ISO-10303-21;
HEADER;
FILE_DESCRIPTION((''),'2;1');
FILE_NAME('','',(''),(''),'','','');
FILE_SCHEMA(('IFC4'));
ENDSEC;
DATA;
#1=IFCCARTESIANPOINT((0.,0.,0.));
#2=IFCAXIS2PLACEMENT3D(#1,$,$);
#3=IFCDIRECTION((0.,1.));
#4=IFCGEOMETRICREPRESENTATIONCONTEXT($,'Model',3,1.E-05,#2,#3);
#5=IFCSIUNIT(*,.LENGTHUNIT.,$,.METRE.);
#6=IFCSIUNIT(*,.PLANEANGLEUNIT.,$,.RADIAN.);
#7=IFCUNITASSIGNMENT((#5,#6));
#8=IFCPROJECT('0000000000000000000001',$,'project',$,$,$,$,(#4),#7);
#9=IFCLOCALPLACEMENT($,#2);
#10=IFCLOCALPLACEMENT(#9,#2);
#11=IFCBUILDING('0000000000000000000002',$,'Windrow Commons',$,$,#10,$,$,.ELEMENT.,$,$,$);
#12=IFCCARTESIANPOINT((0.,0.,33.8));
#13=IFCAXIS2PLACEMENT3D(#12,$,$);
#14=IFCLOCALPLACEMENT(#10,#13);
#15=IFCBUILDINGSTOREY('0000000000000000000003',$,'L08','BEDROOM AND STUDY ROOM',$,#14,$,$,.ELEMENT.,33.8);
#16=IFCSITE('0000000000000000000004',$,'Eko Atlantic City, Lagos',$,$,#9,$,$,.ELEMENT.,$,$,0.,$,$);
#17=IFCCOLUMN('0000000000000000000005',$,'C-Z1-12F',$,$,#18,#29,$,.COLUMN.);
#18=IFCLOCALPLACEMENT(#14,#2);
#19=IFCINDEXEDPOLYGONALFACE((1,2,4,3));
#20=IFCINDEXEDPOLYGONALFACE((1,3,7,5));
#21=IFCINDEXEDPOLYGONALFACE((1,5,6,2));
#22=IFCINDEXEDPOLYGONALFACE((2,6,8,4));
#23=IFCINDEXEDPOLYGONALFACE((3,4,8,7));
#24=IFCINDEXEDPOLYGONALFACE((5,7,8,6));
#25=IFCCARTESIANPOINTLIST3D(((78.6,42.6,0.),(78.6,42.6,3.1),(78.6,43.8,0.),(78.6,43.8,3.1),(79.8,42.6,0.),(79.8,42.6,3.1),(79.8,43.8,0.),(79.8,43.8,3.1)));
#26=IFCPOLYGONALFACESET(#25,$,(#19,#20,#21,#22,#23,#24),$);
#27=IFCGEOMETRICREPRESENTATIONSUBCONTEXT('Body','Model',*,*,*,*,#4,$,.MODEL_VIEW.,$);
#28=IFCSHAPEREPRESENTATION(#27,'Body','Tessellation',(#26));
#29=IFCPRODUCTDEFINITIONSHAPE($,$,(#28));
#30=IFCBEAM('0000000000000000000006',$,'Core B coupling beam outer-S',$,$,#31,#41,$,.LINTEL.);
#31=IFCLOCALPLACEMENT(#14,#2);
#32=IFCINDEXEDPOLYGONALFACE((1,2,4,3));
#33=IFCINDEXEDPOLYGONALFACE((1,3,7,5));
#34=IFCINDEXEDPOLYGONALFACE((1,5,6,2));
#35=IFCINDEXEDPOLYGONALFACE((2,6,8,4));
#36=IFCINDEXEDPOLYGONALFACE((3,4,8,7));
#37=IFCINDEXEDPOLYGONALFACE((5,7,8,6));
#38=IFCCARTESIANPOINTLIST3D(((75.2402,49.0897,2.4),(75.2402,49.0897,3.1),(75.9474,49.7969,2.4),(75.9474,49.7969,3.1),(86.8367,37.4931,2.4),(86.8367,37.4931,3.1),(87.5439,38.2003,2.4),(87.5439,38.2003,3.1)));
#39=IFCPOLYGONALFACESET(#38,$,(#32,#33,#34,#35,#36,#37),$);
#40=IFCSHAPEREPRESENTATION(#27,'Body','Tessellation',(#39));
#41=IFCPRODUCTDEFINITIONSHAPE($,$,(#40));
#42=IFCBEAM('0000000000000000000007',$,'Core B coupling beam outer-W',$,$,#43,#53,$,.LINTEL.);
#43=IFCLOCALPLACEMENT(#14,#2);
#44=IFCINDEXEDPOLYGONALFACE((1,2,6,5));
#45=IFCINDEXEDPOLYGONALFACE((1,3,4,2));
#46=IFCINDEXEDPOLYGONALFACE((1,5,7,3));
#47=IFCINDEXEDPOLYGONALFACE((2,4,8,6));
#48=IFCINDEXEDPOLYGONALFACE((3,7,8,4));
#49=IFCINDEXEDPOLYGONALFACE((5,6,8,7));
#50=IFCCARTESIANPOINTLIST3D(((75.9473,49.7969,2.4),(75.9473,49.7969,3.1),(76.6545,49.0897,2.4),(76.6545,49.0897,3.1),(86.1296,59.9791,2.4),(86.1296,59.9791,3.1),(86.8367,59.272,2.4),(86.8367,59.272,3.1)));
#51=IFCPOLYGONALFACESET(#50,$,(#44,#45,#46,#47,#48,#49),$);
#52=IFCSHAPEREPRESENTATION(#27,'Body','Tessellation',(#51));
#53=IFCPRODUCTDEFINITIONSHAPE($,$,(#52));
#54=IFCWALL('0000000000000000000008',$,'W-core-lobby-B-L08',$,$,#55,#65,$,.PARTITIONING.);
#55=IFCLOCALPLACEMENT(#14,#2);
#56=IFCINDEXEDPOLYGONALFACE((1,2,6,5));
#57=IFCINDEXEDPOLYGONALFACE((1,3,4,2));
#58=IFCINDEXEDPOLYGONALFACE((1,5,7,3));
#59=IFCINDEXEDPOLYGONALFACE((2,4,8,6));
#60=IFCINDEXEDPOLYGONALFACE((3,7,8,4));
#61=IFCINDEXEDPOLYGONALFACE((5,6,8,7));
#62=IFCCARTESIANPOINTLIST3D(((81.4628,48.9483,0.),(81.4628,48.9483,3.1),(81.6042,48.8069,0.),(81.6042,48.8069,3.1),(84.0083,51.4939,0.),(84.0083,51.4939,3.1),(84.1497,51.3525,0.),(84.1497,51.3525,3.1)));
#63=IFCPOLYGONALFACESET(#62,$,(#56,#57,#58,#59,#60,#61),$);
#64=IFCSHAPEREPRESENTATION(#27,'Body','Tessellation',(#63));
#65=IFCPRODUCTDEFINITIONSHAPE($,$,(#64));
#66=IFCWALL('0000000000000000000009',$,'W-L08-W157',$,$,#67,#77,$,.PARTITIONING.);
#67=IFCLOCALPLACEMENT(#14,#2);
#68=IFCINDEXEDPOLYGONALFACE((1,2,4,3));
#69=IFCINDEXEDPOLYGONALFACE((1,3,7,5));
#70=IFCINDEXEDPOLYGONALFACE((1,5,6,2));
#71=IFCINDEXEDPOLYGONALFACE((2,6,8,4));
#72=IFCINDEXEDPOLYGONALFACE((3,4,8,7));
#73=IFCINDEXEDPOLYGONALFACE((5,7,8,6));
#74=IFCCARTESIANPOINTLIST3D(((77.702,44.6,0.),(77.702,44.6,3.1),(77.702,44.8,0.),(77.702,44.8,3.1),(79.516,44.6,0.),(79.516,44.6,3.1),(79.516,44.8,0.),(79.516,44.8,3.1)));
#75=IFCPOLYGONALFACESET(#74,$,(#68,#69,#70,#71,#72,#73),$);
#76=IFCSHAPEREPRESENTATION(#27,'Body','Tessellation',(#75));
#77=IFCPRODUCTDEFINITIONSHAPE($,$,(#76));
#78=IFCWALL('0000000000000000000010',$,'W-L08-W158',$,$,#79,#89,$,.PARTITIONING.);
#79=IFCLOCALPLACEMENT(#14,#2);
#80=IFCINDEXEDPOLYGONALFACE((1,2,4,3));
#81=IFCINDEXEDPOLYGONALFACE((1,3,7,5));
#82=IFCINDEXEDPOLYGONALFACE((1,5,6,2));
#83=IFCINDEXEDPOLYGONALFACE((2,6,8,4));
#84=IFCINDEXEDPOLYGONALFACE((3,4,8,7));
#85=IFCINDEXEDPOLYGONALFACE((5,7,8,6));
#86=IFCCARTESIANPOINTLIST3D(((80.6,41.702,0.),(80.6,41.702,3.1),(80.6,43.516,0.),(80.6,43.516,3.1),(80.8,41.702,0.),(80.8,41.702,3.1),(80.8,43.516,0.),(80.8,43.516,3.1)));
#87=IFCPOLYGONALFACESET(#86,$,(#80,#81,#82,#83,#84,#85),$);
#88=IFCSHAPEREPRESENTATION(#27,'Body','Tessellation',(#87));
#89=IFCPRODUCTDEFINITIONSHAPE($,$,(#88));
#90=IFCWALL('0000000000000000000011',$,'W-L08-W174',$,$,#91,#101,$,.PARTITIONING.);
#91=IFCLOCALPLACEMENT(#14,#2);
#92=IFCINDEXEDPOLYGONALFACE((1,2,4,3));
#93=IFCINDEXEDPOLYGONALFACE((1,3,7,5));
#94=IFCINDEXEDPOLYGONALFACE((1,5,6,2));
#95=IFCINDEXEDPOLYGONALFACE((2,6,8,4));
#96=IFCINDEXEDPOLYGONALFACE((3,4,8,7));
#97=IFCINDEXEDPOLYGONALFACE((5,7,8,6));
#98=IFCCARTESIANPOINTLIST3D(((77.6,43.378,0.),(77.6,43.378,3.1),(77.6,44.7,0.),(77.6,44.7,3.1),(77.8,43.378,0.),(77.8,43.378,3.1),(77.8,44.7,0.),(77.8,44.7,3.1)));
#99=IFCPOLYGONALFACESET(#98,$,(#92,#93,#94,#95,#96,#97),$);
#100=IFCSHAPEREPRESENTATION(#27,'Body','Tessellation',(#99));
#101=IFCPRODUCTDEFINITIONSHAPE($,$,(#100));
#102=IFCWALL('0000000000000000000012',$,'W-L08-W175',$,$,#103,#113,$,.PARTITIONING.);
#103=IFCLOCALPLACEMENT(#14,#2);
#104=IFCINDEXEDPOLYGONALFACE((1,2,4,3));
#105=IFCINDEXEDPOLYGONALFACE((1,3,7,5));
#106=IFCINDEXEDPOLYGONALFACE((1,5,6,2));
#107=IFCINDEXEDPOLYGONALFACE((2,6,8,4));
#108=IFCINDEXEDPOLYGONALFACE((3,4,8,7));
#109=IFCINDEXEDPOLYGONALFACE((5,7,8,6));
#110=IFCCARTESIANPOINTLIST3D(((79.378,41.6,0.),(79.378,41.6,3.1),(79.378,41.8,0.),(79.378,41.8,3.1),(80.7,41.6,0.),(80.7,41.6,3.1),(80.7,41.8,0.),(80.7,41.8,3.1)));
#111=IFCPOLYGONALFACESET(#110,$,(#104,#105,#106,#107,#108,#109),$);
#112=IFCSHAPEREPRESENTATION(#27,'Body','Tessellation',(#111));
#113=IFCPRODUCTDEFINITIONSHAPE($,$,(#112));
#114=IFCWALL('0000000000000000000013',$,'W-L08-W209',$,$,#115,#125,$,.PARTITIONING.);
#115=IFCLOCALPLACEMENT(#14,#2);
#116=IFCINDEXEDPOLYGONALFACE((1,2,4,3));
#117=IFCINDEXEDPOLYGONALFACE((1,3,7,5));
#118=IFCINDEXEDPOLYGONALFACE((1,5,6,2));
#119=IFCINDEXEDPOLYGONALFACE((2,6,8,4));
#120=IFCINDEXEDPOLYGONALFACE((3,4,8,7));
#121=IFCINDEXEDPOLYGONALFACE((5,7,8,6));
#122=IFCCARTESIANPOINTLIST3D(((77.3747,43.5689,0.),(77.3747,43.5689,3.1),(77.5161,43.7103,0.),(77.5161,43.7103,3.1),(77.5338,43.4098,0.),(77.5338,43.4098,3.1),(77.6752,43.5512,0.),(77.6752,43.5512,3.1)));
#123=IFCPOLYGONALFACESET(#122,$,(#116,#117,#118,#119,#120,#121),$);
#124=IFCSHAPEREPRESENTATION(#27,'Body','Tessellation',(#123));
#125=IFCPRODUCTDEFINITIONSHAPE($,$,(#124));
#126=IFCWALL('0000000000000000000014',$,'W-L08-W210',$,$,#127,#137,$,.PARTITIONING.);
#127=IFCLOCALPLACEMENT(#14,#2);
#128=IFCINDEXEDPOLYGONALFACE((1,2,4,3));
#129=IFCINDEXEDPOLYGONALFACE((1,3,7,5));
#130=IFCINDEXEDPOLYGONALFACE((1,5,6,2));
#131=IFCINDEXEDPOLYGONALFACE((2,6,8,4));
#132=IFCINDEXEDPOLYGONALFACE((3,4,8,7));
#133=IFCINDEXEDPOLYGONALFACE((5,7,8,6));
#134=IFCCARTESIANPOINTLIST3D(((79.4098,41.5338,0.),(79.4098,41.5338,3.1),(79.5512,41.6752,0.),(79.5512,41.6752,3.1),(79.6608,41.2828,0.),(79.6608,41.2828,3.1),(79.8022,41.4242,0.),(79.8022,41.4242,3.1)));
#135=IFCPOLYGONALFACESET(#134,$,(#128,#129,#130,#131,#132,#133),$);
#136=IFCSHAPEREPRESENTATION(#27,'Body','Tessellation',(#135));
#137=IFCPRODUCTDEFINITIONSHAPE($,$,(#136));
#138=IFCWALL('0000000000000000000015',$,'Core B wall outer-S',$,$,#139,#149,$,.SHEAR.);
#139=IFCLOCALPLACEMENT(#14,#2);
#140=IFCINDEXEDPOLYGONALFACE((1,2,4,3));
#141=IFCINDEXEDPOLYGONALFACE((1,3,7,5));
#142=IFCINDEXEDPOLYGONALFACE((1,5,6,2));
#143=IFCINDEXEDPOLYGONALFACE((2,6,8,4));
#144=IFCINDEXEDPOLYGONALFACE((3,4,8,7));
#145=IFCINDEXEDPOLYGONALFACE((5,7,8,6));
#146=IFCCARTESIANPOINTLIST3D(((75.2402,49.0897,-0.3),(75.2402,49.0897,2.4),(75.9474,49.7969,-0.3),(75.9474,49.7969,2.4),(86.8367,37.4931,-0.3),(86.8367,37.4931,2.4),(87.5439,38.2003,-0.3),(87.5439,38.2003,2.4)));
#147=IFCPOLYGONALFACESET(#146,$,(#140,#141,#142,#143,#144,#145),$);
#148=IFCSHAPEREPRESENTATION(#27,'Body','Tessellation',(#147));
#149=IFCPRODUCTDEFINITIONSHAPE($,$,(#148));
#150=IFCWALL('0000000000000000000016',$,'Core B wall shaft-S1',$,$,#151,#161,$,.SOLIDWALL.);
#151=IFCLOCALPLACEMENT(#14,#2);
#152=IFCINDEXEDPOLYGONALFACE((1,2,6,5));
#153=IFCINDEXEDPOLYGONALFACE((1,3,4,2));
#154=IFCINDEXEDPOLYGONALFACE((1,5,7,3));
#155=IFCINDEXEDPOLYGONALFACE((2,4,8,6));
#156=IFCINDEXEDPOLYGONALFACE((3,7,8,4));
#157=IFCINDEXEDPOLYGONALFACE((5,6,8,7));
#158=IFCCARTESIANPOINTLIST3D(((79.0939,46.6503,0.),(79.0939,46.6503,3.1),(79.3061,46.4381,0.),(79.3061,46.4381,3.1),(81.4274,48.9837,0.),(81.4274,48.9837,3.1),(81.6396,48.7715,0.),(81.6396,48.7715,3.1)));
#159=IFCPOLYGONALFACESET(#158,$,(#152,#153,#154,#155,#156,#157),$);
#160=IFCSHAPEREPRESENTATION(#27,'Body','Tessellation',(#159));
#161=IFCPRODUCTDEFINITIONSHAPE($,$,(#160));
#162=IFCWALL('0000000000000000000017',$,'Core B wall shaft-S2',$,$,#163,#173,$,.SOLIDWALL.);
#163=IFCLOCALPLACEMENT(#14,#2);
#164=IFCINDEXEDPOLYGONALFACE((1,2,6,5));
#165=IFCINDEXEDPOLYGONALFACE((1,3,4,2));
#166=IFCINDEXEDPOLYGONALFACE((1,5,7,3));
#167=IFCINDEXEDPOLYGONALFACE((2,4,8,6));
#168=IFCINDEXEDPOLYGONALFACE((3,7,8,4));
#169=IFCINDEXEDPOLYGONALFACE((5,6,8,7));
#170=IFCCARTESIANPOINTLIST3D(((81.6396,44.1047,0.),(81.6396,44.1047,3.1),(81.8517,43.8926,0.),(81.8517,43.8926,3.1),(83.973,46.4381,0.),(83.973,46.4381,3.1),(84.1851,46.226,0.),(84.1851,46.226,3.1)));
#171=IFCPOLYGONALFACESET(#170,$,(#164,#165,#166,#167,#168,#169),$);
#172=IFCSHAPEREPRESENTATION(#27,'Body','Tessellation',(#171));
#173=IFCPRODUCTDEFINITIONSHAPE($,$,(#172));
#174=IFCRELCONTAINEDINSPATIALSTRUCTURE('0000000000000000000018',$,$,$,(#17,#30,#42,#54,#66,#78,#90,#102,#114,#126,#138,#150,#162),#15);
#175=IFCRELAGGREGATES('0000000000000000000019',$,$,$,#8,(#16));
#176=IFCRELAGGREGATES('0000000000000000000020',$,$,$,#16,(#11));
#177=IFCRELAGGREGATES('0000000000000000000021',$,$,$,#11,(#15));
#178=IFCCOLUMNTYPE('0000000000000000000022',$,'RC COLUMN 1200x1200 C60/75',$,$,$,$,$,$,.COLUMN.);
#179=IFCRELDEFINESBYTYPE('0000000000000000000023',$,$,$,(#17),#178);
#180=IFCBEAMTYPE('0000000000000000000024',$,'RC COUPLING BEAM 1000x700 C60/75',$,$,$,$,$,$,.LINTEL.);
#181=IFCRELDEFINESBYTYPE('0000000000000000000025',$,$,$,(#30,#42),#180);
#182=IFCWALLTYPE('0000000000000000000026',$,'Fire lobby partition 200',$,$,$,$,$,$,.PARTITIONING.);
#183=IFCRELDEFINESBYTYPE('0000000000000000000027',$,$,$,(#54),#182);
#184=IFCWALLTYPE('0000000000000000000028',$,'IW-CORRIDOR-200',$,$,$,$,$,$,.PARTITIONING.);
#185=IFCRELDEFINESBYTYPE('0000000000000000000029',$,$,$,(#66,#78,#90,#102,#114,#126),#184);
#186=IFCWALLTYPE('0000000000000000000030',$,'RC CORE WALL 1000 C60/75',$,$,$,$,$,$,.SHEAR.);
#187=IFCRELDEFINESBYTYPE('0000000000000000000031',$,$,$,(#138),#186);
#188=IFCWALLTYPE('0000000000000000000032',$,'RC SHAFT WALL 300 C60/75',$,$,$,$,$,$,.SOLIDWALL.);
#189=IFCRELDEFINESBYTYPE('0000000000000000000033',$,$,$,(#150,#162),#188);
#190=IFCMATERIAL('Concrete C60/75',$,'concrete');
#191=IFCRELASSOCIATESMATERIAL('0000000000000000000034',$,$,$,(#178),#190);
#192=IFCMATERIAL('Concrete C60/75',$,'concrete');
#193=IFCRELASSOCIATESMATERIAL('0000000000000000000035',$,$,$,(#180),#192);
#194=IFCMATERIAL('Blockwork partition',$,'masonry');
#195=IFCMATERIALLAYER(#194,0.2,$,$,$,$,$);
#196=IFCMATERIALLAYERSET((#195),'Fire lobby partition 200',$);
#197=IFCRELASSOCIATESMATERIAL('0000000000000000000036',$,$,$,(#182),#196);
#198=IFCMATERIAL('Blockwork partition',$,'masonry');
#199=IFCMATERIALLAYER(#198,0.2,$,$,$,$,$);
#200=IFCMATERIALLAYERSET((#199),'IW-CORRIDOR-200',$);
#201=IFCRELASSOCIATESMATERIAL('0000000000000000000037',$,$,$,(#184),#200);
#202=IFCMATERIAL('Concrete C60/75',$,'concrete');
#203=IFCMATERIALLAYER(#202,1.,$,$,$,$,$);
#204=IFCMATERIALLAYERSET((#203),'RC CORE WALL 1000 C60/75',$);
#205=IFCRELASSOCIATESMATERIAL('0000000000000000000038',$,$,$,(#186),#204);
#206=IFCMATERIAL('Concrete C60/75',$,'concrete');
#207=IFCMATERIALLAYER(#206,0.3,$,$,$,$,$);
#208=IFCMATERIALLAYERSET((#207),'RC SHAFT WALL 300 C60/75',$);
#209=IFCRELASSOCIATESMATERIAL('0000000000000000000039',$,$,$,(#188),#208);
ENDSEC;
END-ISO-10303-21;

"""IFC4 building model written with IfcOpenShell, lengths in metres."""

from ifc_helpers import new_model, si_unit, direction, frame, frame_2d, origin, origin_2d, place, context, subcontext, project, spatial, rectangle, extrude, material, layer, layer_set, material_profile, profile_set, type_object, element, save


model = new_model("IFC4")

# Units and contexts
model_context = context("Model", 3, precision=1e-05, world=origin(), true_north=direction((0.0, 1.0)))
body_context = subcontext(model_context, "Body", "Model", "MODEL_VIEW")
ifc_project = project(units=[si_unit("LENGTHUNIT", "METRE"), si_unit("PLANEANGLEUNIT", "RADIAN")], contexts=[model_context])

# Site, building, storey
site_placement = place(None, origin())
site = spatial("IfcSite", under=ifc_project, at=site_placement, Name="Eko Atlantic City, Lagos", CompositionType="ELEMENT", RefElevation=0.0)
building_placement = place(site_placement, origin())
building = spatial("IfcBuilding", under=site, at=building_placement, Name="Windrow Commons", CompositionType="ELEMENT")
storey_placement = place(building_placement, frame((0.0, 0.0, 33.8)))
storey = spatial("IfcBuildingStorey", under=building, at=storey_placement, Name="L08", Description="BEDROOM AND STUDY ROOM", CompositionType="ELEMENT", Elevation=33.8)

# Column
ifc_material_1 = material(Name="Concrete C60/75", Category="concrete")
ifc_material_profile_1 = material_profile(ifc_material_1, rectangle(XDim=1.2, YDim=1.2, at=origin_2d()))
ifc_profile_set_1 = profile_set([ifc_material_profile_1], Name="Concrete C60/75")
column_type = type_object("IfcColumnType", Name="RC COLUMN 1200x1200 C60/75", PredefinedType="COLUMN", material=ifc_profile_set_1)
column_placement = place(storey_placement, frame((79.2, 43.2, 0.0), z_axis=(0.0, 0.0, 1.0), x_axis=(1.0, 0.0, 0.0)))
element("IfcColumn", 1, at=column_placement, inside=storey, type_object=column_type, Name="C-Z1-12F", PredefinedType="COLUMN", context=body_context, shape_type="SweptSolid", body=[
    extrude(rectangle(XDim=1.2, YDim=1.2, at=origin_2d()), origin(), (0.0, 0.0, 1.0), 3.1),
])

# Beams
ifc_material_2 = material(Name="Concrete C60/75", Category="concrete")
ifc_material_profile_2 = material_profile(ifc_material_2, rectangle(XDim=1.0, YDim=0.7, at=origin_2d()))
ifc_profile_set_2 = profile_set([ifc_material_profile_2], Name="Concrete C60/75")
beam_type = type_object("IfcBeamType", Name="RC COUPLING BEAM 1000x700 C60/75", PredefinedType="LINTEL", material=ifc_profile_set_2)
beam_1_placement = place(storey_placement, frame((75.5938, 49.4433, 2.75), z_axis=(0.707104, -0.70711, 0.0), x_axis=(0.70711, 0.707104, 0.0)))
element("IfcBeam", 2, at=beam_1_placement, inside=storey, type_object=beam_type, Name="Core B coupling beam outer-S", PredefinedType="LINTEL", context=body_context, shape_type="SweptSolid", body=[
    extrude(rectangle(XDim=1.0, YDim=0.7, at=origin_2d()), origin(), (0.0, 0.0, 1.0), 16.4),
])
beam_2_placement = place(storey_placement, frame((76.3009, 49.4433, 2.75), z_axis=(0.707107, 0.707107, 0.0), x_axis=(-0.707107, 0.707107, 0.0)))
element("IfcBeam", 3, at=beam_2_placement, inside=storey, type_object=beam_type, Name="Core B coupling beam outer-W", PredefinedType="LINTEL", context=body_context, shape_type="SweptSolid", body=[
    extrude(rectangle(XDim=1.0, YDim=0.7, at=origin_2d()), origin(), (0.0, 0.0, 1.0), 14.3999),
])

# Walls
ifc_material_3 = material(Name="Blockwork partition", Category="masonry")
ifc_layer_1 = layer(ifc_material_3, 0.2)
ifc_layer_set_1 = layer_set([ifc_layer_1], Name="Fire lobby partition 200")
wall_type_1 = type_object("IfcWallType", Name="Fire lobby partition 200", PredefinedType="PARTITIONING", material=ifc_layer_set_1)
wall_1_placement = place(storey_placement, frame((81.5335, 48.8776, 0.0), z_axis=(0.0, 0.0, 1.0), x_axis=(0.707093, 0.707121, 0.0)))
element("IfcWall", 4, at=wall_1_placement, inside=storey, type_object=wall_type_1, Name="W-core-lobby-B-L08", PredefinedType="PARTITIONING", context=body_context, shape_type="SweptSolid", body=[
    extrude(rectangle(XDim=3.6, YDim=0.2, at=frame_2d((1.8, 0.0))), origin(), (0.0, 0.0, 1.0), 3.1),
])
ifc_material_4 = material(Name="Blockwork partition", Category="masonry")
ifc_layer_2 = layer(ifc_material_4, 0.2)
ifc_layer_set_2 = layer_set([ifc_layer_2], Name="IW-CORRIDOR-200")
wall_type_2 = type_object("IfcWallType", Name="IW-CORRIDOR-200", PredefinedType="PARTITIONING", material=ifc_layer_set_2)
for number, where, z_axis, x_axis, name in (
    (5, (77.702, 44.7, 0.0), (0.0, 0.0, 1.0), (1.0, 0.0, 0.0), "W-L08-W157"),
    (6, (80.7, 41.702, 0.0), (0.0, 0.0, 1.0), (0.0, 1.0, 0.0), "W-L08-W158"),
):
    element("IfcWall", number, at=place(storey_placement, frame(where, z_axis=z_axis, x_axis=x_axis)), inside=storey, type_object=wall_type_2, Name=name, PredefinedType="PARTITIONING", context=body_context, shape_type="SweptSolid", body=[
        extrude(rectangle(XDim=1.814, YDim=0.2, at=frame_2d((0.907, 0.0))), origin(), (0.0, 0.0, 1.0), 3.1),
    ])
for number, where, z_axis, x_axis, name in (
    (7, (77.7, 43.378, 0.0), (0.0, 0.0, 1.0), (0.0, 1.0, 0.0), "W-L08-W174"),
    (8, (79.378, 41.7, 0.0), (0.0, 0.0, 1.0), (1.0, 0.0, 0.0), "W-L08-W175"),
):
    element("IfcWall", number, at=place(storey_placement, frame(where, z_axis=z_axis, x_axis=x_axis)), inside=storey, type_object=wall_type_2, Name=name, PredefinedType="PARTITIONING", context=body_context, shape_type="SweptSolid", body=[
        extrude(rectangle(XDim=1.322, YDim=0.2, at=frame_2d((0.661, 0.0))), origin(), (0.0, 0.0, 1.0), 3.1),
    ])
wall_2_placement = place(storey_placement, frame((77.4454, 43.6396, 0.0), z_axis=(0.0, 0.0, 1.0), x_axis=(0.707107, -0.707107, 0.0)))
element("IfcWall", 9, at=wall_2_placement, inside=storey, type_object=wall_type_2, Name="W-L08-W209", PredefinedType="PARTITIONING", context=body_context, shape_type="SweptSolid", body=[
    extrude(rectangle(XDim=0.225, YDim=0.2, at=frame_2d((0.1125, 0.0))), origin(), (0.0, 0.0, 1.0), 3.1),
])
wall_3_placement = place(storey_placement, frame((79.4805, 41.6045, 0.0), z_axis=(0.0, 0.0, 1.0), x_axis=(0.707107, -0.707107, 0.0)))
element("IfcWall", 10, at=wall_3_placement, inside=storey, type_object=wall_type_2, Name="W-L08-W210", PredefinedType="PARTITIONING", context=body_context, shape_type="SweptSolid", body=[
    extrude(rectangle(XDim=0.355, YDim=0.2, at=frame_2d((0.1775, 0.0))), origin(), (0.0, 0.0, 1.0), 3.1),
])
ifc_material_5 = material(Name="Concrete C60/75", Category="concrete")
ifc_layer_3 = layer(ifc_material_5, 1.0)
ifc_layer_set_3 = layer_set([ifc_layer_3], Name="RC CORE WALL 1000 C60/75")
wall_type_3 = type_object("IfcWallType", Name="RC CORE WALL 1000 C60/75", PredefinedType="SHEAR", material=ifc_layer_set_3)
wall_4_placement = place(storey_placement, frame((75.5938, 49.4433, -0.3), z_axis=(0.0, 0.0, 1.0), x_axis=(0.707104, -0.70711, 0.0)))
element("IfcWall", 11, at=wall_4_placement, inside=storey, type_object=wall_type_3, Name="Core B wall outer-S", PredefinedType="SHEAR", context=body_context, shape_type="SweptSolid", body=[
    extrude(rectangle(XDim=16.4, YDim=1.0, at=frame_2d((8.2, 0.0))), origin(), (0.0, 0.0, 1.0), 2.7),
])
ifc_material_6 = material(Name="Concrete C60/75", Category="concrete")
ifc_layer_4 = layer(ifc_material_6, 0.3)
ifc_layer_set_4 = layer_set([ifc_layer_4], Name="RC SHAFT WALL 300 C60/75")
wall_type_4 = type_object("IfcWallType", Name="RC SHAFT WALL 300 C60/75", PredefinedType="SOLIDWALL", material=ifc_layer_set_4)
wall_5_placement = place(storey_placement, frame((79.2, 46.5442, 0.0), z_axis=(0.0, 0.0, 1.0), x_axis=(0.707122, 0.707092, 0.0)))
element("IfcWall", 12, at=wall_5_placement, inside=storey, type_object=wall_type_4, Name="Core B wall shaft-S1", PredefinedType="SOLIDWALL", context=body_context, shape_type="SweptSolid", body=[
    extrude(rectangle(XDim=3.3, YDim=0.3, at=frame_2d((1.65, 0.0))), origin(), (0.0, 0.0, 1.0), 3.1),
])
wall_6_placement = place(storey_placement, frame((81.7456, 43.9986, 0.0), z_axis=(0.0, 0.0, 1.0), x_axis=(0.707107, 0.707107, 0.0)))
element("IfcWall", 13, at=wall_6_placement, inside=storey, type_object=wall_type_4, Name="Core B wall shaft-S2", PredefinedType="SOLIDWALL", context=body_context, shape_type="SweptSolid", body=[
    extrude(rectangle(XDim=3.2999, YDim=0.3, at=frame_2d((1.65, 0.0))), origin(), (0.0, 0.0, 1.0), 3.1),
])

save(model, "model.ifc")
